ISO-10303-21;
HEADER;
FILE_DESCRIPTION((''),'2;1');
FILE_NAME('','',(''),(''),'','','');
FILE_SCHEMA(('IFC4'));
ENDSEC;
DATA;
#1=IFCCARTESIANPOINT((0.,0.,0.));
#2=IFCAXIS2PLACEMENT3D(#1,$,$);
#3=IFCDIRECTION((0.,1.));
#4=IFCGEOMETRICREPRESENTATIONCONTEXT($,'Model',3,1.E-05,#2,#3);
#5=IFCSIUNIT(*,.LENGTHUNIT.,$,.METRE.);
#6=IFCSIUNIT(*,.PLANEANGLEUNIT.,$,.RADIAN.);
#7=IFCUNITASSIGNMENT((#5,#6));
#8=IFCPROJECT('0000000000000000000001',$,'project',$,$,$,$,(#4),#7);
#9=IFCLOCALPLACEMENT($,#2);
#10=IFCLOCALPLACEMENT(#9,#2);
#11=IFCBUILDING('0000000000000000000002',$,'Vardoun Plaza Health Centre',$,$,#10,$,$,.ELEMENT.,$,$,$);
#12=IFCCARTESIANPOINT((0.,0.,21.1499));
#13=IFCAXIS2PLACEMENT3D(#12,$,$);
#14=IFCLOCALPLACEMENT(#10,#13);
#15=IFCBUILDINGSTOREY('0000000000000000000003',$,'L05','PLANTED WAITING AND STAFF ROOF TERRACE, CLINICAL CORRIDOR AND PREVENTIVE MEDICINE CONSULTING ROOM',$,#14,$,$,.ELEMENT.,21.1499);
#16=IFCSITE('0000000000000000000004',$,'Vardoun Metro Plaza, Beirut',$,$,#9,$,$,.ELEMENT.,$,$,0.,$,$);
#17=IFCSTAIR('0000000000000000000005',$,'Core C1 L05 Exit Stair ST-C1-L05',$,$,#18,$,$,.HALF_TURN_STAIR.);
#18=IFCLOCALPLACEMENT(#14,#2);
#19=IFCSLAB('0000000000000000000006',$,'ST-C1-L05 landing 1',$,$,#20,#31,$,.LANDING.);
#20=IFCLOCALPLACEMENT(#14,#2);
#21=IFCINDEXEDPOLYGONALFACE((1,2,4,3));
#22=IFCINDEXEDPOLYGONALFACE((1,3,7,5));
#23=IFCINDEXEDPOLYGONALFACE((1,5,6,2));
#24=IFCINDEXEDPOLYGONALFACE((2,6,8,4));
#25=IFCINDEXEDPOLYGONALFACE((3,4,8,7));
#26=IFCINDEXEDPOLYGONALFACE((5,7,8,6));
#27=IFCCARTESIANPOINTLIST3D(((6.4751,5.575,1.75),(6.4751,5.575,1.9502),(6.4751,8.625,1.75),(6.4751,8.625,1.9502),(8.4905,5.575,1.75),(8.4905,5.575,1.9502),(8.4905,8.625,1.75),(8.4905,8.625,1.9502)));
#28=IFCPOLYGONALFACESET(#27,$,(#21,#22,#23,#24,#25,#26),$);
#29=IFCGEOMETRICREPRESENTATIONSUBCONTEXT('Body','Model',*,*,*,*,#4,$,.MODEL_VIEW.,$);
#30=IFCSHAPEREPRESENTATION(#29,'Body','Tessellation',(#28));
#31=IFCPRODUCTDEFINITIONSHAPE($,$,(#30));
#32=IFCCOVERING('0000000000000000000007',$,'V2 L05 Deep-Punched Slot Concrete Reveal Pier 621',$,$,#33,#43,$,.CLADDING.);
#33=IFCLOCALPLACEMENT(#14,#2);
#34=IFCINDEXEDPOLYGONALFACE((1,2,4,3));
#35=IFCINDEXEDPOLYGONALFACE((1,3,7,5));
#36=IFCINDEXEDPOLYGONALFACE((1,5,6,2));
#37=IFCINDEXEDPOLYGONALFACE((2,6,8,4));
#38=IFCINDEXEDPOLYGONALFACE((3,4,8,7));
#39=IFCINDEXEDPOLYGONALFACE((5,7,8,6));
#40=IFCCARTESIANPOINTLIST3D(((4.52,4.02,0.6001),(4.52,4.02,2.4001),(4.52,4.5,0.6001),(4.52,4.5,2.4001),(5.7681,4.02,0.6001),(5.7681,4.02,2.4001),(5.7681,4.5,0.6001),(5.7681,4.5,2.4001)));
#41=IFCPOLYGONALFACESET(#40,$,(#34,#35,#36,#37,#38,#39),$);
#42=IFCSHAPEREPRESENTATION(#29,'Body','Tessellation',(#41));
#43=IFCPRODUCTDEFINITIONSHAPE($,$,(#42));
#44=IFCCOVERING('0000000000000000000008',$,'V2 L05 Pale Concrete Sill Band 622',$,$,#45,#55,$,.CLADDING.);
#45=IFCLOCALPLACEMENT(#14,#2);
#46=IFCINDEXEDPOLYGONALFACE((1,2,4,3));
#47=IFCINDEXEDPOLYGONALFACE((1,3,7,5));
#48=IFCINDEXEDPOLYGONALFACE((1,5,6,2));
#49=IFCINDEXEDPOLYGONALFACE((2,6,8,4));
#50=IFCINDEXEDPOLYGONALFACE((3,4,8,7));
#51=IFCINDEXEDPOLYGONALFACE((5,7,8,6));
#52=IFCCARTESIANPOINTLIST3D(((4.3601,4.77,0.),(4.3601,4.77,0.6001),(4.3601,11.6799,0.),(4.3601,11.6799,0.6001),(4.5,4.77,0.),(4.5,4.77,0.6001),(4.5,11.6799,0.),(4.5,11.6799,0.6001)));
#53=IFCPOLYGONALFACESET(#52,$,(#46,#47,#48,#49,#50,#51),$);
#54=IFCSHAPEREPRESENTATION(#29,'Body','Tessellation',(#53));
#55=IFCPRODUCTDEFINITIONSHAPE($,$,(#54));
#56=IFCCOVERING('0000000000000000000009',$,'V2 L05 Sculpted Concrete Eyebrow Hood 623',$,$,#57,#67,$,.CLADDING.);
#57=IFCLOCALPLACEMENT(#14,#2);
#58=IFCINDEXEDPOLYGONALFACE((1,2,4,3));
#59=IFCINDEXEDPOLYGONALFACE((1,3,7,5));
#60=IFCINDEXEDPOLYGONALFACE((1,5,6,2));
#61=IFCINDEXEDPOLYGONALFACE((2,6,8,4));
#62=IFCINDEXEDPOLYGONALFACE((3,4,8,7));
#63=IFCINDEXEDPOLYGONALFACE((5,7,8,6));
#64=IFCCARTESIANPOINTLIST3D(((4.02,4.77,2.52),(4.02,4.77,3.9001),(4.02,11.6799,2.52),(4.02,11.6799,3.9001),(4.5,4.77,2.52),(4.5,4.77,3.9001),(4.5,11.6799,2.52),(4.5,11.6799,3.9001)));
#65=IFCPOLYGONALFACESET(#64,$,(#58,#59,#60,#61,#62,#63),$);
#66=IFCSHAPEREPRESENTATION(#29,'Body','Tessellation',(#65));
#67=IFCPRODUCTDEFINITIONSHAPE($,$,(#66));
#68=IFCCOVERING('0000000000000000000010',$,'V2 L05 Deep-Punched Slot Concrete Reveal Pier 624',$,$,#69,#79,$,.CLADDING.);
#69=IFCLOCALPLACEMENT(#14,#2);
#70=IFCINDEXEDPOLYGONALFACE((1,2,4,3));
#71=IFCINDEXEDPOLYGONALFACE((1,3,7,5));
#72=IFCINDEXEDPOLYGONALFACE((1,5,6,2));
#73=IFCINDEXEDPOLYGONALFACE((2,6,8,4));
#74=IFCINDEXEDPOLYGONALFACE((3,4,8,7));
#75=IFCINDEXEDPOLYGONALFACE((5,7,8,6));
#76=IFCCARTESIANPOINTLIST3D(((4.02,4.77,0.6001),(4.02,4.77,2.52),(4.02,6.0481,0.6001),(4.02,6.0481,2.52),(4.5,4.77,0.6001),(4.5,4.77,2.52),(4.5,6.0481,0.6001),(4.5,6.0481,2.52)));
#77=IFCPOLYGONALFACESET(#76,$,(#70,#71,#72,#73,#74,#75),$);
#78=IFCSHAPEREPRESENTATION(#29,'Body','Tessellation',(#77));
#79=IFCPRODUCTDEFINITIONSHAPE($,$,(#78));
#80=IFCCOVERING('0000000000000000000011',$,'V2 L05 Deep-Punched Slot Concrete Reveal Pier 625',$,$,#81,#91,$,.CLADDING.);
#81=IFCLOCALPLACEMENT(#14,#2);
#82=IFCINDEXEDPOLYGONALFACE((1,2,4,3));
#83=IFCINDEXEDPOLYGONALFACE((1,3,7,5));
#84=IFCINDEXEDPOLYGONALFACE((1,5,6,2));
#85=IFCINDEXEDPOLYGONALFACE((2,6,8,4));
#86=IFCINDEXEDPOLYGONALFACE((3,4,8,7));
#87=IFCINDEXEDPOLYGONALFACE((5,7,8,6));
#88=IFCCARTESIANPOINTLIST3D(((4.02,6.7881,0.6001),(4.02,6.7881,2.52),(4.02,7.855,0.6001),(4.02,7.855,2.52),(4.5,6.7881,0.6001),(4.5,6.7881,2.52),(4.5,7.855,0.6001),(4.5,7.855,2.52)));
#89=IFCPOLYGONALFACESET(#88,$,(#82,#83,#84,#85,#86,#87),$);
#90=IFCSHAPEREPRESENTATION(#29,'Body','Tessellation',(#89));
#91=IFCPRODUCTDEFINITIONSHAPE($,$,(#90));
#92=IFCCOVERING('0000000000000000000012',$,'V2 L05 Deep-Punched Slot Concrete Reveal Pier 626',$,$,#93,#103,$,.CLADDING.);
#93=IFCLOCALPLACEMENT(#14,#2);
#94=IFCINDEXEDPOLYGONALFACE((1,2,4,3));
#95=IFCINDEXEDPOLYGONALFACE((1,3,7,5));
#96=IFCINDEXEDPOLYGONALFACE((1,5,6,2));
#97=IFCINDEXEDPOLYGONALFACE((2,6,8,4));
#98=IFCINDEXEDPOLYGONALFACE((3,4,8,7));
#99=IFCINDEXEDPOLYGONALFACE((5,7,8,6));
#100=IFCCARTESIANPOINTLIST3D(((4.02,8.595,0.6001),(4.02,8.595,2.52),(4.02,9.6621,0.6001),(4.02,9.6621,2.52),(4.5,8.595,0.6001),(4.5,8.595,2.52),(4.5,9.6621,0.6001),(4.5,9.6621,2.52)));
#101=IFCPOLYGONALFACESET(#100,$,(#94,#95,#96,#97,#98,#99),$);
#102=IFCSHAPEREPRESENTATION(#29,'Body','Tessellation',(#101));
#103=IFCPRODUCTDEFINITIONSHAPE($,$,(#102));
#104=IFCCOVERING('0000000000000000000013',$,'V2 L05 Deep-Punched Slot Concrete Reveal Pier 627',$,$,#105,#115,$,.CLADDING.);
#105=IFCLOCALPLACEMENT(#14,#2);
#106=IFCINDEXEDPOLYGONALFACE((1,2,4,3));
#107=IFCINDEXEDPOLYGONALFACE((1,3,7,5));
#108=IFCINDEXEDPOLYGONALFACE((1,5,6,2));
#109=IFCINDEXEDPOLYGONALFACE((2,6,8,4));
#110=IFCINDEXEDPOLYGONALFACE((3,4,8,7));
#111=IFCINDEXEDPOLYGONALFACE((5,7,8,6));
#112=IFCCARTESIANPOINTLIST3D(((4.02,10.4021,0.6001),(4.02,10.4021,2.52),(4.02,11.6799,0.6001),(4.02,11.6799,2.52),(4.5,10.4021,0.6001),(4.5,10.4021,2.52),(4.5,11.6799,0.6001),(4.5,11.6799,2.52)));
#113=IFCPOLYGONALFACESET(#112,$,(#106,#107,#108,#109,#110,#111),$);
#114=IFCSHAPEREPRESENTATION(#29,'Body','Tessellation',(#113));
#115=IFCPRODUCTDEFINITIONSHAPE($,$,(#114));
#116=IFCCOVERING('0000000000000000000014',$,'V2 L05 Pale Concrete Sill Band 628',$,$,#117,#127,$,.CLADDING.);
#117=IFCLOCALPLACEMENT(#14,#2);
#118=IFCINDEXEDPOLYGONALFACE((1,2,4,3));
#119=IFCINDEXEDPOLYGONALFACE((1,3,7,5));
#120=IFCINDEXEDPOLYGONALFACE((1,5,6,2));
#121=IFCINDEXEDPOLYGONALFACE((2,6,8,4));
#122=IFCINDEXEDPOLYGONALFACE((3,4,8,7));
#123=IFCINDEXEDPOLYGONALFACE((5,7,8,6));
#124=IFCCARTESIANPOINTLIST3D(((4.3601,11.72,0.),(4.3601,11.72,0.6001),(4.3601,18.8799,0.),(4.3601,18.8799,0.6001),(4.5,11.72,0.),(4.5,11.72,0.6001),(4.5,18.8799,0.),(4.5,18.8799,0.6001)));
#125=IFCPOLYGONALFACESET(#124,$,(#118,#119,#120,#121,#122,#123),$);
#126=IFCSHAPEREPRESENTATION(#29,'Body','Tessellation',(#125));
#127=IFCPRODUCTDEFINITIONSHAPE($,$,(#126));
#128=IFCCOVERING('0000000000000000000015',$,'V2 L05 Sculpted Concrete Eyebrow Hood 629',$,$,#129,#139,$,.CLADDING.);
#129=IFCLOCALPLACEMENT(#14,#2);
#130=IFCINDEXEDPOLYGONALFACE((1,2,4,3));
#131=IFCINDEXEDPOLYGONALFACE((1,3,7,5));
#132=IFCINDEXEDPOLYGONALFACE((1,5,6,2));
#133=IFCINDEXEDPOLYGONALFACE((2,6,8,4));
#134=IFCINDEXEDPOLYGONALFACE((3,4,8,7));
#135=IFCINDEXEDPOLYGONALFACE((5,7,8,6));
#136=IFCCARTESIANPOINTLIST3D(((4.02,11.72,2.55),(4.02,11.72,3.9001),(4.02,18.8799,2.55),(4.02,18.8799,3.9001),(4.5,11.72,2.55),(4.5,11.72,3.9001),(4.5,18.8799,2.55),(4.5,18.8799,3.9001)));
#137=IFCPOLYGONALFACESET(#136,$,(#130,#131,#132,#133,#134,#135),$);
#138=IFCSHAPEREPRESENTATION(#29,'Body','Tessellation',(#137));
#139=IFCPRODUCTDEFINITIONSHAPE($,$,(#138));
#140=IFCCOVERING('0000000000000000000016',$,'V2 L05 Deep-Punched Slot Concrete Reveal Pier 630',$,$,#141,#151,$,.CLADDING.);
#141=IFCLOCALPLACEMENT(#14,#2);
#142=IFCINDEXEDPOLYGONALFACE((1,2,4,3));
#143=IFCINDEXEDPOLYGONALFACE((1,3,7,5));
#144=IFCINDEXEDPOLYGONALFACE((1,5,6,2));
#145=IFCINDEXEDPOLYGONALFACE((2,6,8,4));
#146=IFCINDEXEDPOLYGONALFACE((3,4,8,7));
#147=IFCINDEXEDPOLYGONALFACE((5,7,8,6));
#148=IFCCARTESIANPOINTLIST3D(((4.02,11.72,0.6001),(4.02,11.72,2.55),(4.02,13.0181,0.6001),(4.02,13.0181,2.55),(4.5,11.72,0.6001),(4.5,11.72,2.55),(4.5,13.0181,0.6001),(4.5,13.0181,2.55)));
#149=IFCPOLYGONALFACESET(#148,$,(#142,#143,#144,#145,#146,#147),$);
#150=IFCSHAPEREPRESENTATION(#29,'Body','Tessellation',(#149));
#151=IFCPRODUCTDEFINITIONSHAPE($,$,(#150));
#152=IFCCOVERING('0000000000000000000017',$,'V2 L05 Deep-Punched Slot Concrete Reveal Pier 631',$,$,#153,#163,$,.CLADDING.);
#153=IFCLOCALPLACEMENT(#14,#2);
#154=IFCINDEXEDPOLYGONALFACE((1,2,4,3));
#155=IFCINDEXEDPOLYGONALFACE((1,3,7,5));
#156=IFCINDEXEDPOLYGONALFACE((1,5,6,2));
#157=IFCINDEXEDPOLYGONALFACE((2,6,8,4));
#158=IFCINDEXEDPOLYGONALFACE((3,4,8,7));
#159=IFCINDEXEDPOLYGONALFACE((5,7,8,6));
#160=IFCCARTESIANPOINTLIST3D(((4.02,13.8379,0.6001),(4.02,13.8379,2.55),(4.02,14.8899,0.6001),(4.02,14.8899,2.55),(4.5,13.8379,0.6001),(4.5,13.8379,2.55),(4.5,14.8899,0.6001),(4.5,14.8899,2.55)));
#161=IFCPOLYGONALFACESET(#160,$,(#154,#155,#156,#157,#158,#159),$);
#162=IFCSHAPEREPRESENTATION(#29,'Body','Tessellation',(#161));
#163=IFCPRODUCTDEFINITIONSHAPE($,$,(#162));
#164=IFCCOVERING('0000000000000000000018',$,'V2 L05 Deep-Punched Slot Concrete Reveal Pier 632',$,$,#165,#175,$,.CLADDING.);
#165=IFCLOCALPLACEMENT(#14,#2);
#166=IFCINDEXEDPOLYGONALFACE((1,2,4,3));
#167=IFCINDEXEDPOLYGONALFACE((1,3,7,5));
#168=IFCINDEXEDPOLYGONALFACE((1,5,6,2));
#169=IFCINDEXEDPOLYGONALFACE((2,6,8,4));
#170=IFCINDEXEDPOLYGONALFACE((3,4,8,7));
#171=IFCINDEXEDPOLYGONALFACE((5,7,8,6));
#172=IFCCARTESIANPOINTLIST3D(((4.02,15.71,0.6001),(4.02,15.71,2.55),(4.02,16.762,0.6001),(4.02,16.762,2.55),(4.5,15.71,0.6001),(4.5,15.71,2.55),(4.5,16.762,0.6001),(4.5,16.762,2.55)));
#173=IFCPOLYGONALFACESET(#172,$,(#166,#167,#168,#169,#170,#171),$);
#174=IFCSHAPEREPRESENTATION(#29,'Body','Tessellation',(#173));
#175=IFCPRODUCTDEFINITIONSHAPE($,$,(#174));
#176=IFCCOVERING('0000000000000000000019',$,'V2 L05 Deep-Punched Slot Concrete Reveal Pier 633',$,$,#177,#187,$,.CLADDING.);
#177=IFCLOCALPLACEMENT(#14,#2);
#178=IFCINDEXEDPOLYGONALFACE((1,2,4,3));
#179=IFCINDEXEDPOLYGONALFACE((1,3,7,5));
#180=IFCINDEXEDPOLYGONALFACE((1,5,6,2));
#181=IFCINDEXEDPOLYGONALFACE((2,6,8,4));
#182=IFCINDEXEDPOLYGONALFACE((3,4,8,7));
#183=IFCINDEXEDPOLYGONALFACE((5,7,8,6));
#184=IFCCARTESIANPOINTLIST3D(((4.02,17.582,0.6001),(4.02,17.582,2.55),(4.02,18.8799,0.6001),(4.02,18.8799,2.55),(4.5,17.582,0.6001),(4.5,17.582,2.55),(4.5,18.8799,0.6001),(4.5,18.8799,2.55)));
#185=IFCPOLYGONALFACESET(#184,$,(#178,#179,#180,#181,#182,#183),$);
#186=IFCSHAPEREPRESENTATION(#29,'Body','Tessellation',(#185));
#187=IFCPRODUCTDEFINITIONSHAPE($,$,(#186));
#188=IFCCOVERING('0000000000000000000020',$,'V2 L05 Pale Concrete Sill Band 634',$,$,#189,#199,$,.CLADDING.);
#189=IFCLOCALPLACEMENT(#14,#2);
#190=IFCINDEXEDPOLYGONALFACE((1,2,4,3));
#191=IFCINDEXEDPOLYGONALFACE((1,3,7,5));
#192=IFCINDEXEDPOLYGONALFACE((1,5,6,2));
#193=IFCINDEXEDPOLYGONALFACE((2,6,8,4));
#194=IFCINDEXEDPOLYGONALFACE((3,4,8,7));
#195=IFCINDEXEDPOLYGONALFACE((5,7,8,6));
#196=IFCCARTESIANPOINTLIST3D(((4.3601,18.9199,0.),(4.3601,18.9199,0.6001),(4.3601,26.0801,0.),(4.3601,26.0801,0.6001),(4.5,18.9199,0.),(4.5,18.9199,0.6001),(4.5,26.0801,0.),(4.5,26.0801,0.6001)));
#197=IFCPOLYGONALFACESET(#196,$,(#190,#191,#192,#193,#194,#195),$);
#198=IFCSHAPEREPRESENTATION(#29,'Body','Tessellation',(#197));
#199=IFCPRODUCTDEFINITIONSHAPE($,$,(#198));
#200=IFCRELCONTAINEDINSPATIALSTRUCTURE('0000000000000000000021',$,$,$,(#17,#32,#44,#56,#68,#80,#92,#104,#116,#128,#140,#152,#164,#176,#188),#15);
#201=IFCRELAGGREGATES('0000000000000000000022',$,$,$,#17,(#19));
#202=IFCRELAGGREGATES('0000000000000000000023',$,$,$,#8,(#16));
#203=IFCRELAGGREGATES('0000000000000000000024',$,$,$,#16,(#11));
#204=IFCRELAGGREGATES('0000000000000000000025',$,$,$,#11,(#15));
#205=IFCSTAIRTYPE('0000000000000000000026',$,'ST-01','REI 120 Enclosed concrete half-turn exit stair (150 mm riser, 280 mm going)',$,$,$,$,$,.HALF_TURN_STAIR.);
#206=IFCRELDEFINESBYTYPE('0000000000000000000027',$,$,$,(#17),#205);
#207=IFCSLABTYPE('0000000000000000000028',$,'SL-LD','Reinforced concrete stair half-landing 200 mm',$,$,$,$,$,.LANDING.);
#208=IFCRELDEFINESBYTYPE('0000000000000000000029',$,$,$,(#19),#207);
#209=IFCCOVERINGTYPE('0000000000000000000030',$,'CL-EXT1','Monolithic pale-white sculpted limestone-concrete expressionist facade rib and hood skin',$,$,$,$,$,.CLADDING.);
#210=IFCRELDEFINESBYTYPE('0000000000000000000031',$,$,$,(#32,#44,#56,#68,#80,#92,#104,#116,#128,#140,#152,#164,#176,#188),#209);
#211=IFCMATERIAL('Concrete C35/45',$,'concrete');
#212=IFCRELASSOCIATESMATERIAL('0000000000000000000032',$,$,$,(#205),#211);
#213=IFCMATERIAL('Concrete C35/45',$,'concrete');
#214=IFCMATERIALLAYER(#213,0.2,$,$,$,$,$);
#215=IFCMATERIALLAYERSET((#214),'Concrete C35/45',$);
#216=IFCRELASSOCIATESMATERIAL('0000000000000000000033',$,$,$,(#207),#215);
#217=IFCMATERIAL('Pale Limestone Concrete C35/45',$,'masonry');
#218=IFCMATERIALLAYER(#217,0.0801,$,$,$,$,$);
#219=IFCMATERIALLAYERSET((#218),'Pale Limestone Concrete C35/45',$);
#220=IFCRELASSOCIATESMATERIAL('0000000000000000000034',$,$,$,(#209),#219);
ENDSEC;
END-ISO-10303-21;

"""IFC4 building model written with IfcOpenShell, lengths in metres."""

from ifc_helpers import new_model, si_unit, direction, frame, origin, place, context, subcontext, project, spatial, polyline, outline, extrude, material, layer, layer_set, type_object, element, aggregate, save


model = new_model("IFC4")

# Units and contexts
model_context = context("Model", 3, precision=1e-05, world=origin(), true_north=direction((0.0, 1.0)))
body_context = subcontext(model_context, "Body", "Model", "MODEL_VIEW")
ifc_project = project(units=[si_unit("LENGTHUNIT", "METRE"), si_unit("PLANEANGLEUNIT", "RADIAN")], contexts=[model_context])

# Site, building, storey
site_placement = place(None, origin())
site = spatial("IfcSite", under=ifc_project, at=site_placement, Name="Vardoun Metro Plaza, Beirut", CompositionType="ELEMENT", RefElevation=0.0)
building_placement = place(site_placement, origin())
building = spatial("IfcBuilding", under=site, at=building_placement, Name="Vardoun Plaza Health Centre", CompositionType="ELEMENT")
storey_placement = place(building_placement, frame((0.0, 0.0, 21.1499)))
storey = spatial("IfcBuildingStorey", under=building, at=storey_placement, Name="L05", Description="PLANTED WAITING AND STAFF ROOF TERRACE, CLINICAL CORRIDOR AND PREVENTIVE MEDICINE CONSULTING ROOM", CompositionType="ELEMENT", Elevation=21.1499)

# Stair, slab
ifc_material_1 = material(Name="Concrete C35/45", Category="concrete")
stair_type = type_object("IfcStairType", Name="ST-01", Description="REI 120 Enclosed concrete half-turn exit stair (150 mm riser, 280 mm going)", PredefinedType="HALF_TURN_STAIR", material=ifc_material_1)
stair_placement = place(storey_placement, origin())
stair = element("IfcStair", 1, at=stair_placement, inside=storey, type_object=stair_type, Name="Core C1 L05 Exit Stair ST-C1-L05", PredefinedType="HALF_TURN_STAIR")
ifc_material_2 = material(Name="Concrete C35/45", Category="concrete")
ifc_layer_1 = layer(ifc_material_2, 0.2)
ifc_layer_set_1 = layer_set([ifc_layer_1], Name="Concrete C35/45")
slab_type = type_object("IfcSlabType", Name="SL-LD", Description="Reinforced concrete stair half-landing 200 mm", PredefinedType="LANDING", material=ifc_layer_set_1)
slab_placement = place(storey_placement, frame((0.0, 0.0, 1.75)))
slab = element("IfcSlab", 2, at=slab_placement, type_object=slab_type, Name="ST-C1-L05 landing 1", PredefinedType="LANDING", context=body_context, shape_type="SweptSolid", body=[
    extrude(outline(polyline([(6.4751, 5.575), (8.4905, 5.575), (8.4905, 8.625), (6.4751, 8.625), (6.4751, 5.575)])), origin(), (0.0, 0.0, 1.0), 0.2002),
])
aggregate(stair, [slab])

# Coverings
ifc_material_3 = material(Name="Pale Limestone Concrete C35/45", Category="masonry")
ifc_layer_2 = layer(ifc_material_3, 0.0801)
ifc_layer_set_2 = layer_set([ifc_layer_2], Name="Pale Limestone Concrete C35/45")
covering_type = type_object("IfcCoveringType", Name="CL-EXT1", Description="Monolithic pale-white sculpted limestone-concrete expressionist facade rib and hood skin", PredefinedType="CLADDING", material=ifc_layer_set_2)
covering_1_placement = place(storey_placement, frame((0.0, 0.0, 0.6001)))
element("IfcCovering", 3, at=covering_1_placement, inside=storey, type_object=covering_type, Name="V2 L05 Deep-Punched Slot Concrete Reveal Pier 621", PredefinedType="CLADDING", context=body_context, shape_type="SweptSolid", body=[
    extrude(outline(polyline([(5.7681, 4.5), (4.52, 4.5), (4.52, 4.02), (5.7681, 4.02), (5.7681, 4.5)])), origin(), (0.0, 0.0, 1.0), 1.8),
])
covering_2_placement = place(storey_placement, origin())
element("IfcCovering", 4, at=covering_2_placement, inside=storey, type_object=covering_type, Name="V2 L05 Pale Concrete Sill Band 622", PredefinedType="CLADDING", context=body_context, shape_type="SweptSolid", body=[
    extrude(outline(polyline([(4.5, 4.77), (4.5, 11.6799), (4.3601, 11.6799), (4.3601, 4.77), (4.5, 4.77)])), origin(), (0.0, 0.0, 1.0), 0.6001),
])
covering_3_placement = place(storey_placement, frame((0.0, 0.0, 2.52)))
element("IfcCovering", 5, at=covering_3_placement, inside=storey, type_object=covering_type, Name="V2 L05 Sculpted Concrete Eyebrow Hood 623", PredefinedType="CLADDING", context=body_context, shape_type="SweptSolid", body=[
    extrude(outline(polyline([(4.5, 4.77), (4.5, 11.6799), (4.02, 11.6799), (4.02, 4.77), (4.5, 4.77)])), origin(), (0.0, 0.0, 1.0), 1.3801),
])
covering_4_placement = place(storey_placement, frame((0.0, 0.0, 0.6001)))
element("IfcCovering", 6, at=covering_4_placement, inside=storey, type_object=covering_type, Name="V2 L05 Deep-Punched Slot Concrete Reveal Pier 624", PredefinedType="CLADDING", context=body_context, shape_type="SweptSolid", body=[
    extrude(outline(polyline([(4.5, 4.77), (4.5, 6.0481), (4.02, 6.0481), (4.02, 4.77), (4.5, 4.77)])), origin(), (0.0, 0.0, 1.0), 1.9199),
])
covering_5_placement = place(storey_placement, frame((0.0, 0.0, 0.6001)))
element("IfcCovering", 7, at=covering_5_placement, inside=storey, type_object=covering_type, Name="V2 L05 Deep-Punched Slot Concrete Reveal Pier 625", PredefinedType="CLADDING", context=body_context, shape_type="SweptSolid", body=[
    extrude(outline(polyline([(4.5, 6.7881), (4.5, 7.855), (4.02, 7.855), (4.02, 6.7881), (4.5, 6.7881)])), origin(), (0.0, 0.0, 1.0), 1.9199),
])
covering_6_placement = place(storey_placement, frame((0.0, 0.0, 0.6001)))
element("IfcCovering", 8, at=covering_6_placement, inside=storey, type_object=covering_type, Name="V2 L05 Deep-Punched Slot Concrete Reveal Pier 626", PredefinedType="CLADDING", context=body_context, shape_type="SweptSolid", body=[
    extrude(outline(polyline([(4.5, 8.595), (4.5, 9.6621), (4.02, 9.6621), (4.02, 8.595), (4.5, 8.595)])), origin(), (0.0, 0.0, 1.0), 1.9199),
])
covering_7_placement = place(storey_placement, frame((0.0, 0.0, 0.6001)))
element("IfcCovering", 9, at=covering_7_placement, inside=storey, type_object=covering_type, Name="V2 L05 Deep-Punched Slot Concrete Reveal Pier 627", PredefinedType="CLADDING", context=body_context, shape_type="SweptSolid", body=[
    extrude(outline(polyline([(4.5, 10.4021), (4.5, 11.6799), (4.02, 11.6799), (4.02, 10.4021), (4.5, 10.4021)])), origin(), (0.0, 0.0, 1.0), 1.9199),
])
covering_8_placement = place(storey_placement, origin())
element("IfcCovering", 10, at=covering_8_placement, inside=storey, type_object=covering_type, Name="V2 L05 Pale Concrete Sill Band 628", PredefinedType="CLADDING", context=body_context, shape_type="SweptSolid", body=[
    extrude(outline(polyline([(4.5, 11.72), (4.5, 18.8799), (4.3601, 18.8799), (4.3601, 11.72), (4.5, 11.72)])), origin(), (0.0, 0.0, 1.0), 0.6001),
])
covering_9_placement = place(storey_placement, frame((0.0, 0.0, 2.55)))
element("IfcCovering", 11, at=covering_9_placement, inside=storey, type_object=covering_type, Name="V2 L05 Sculpted Concrete Eyebrow Hood 629", PredefinedType="CLADDING", context=body_context, shape_type="SweptSolid", body=[
    extrude(outline(polyline([(4.5, 11.72), (4.5, 18.8799), (4.02, 18.8799), (4.02, 11.72), (4.5, 11.72)])), origin(), (0.0, 0.0, 1.0), 1.3501),
])
covering_10_placement = place(storey_placement, frame((0.0, 0.0, 0.6001)))
element("IfcCovering", 12, at=covering_10_placement, inside=storey, type_object=covering_type, Name="V2 L05 Deep-Punched Slot Concrete Reveal Pier 630", PredefinedType="CLADDING", context=body_context, shape_type="SweptSolid", body=[
    extrude(outline(polyline([(4.5, 11.72), (4.5, 13.0181), (4.02, 13.0181), (4.02, 11.72), (4.5, 11.72)])), origin(), (0.0, 0.0, 1.0), 1.95),
])
covering_11_placement = place(storey_placement, frame((0.0, 0.0, 0.6001)))
element("IfcCovering", 13, at=covering_11_placement, inside=storey, type_object=covering_type, Name="V2 L05 Deep-Punched Slot Concrete Reveal Pier 631", PredefinedType="CLADDING", context=body_context, shape_type="SweptSolid", body=[
    extrude(outline(polyline([(4.5, 13.8379), (4.5, 14.8899), (4.02, 14.8899), (4.02, 13.8379), (4.5, 13.8379)])), origin(), (0.0, 0.0, 1.0), 1.95),
])
covering_12_placement = place(storey_placement, frame((0.0, 0.0, 0.6001)))
element("IfcCovering", 14, at=covering_12_placement, inside=storey, type_object=covering_type, Name="V2 L05 Deep-Punched Slot Concrete Reveal Pier 632", PredefinedType="CLADDING", context=body_context, shape_type="SweptSolid", body=[
    extrude(outline(polyline([(4.5, 15.71), (4.5, 16.762), (4.02, 16.762), (4.02, 15.71), (4.5, 15.71)])), origin(), (0.0, 0.0, 1.0), 1.95),
])
covering_13_placement = place(storey_placement, frame((0.0, 0.0, 0.6001)))
element("IfcCovering", 15, at=covering_13_placement, inside=storey, type_object=covering_type, Name="V2 L05 Deep-Punched Slot Concrete Reveal Pier 633", PredefinedType="CLADDING", context=body_context, shape_type="SweptSolid", body=[
    extrude(outline(polyline([(4.5, 17.582), (4.5, 18.8799), (4.02, 18.8799), (4.02, 17.582), (4.5, 17.582)])), origin(), (0.0, 0.0, 1.0), 1.95),
])
covering_14_placement = place(storey_placement, origin())
element("IfcCovering", 16, at=covering_14_placement, inside=storey, type_object=covering_type, Name="V2 L05 Pale Concrete Sill Band 634", PredefinedType="CLADDING", context=body_context, shape_type="SweptSolid", body=[
    extrude(outline(polyline([(4.5, 18.9199), (4.5, 26.0801), (4.3601, 26.0801), (4.3601, 18.9199), (4.5, 18.9199)])), origin(), (0.0, 0.0, 1.0), 0.6001),
])

save(model, "model.ifc")
